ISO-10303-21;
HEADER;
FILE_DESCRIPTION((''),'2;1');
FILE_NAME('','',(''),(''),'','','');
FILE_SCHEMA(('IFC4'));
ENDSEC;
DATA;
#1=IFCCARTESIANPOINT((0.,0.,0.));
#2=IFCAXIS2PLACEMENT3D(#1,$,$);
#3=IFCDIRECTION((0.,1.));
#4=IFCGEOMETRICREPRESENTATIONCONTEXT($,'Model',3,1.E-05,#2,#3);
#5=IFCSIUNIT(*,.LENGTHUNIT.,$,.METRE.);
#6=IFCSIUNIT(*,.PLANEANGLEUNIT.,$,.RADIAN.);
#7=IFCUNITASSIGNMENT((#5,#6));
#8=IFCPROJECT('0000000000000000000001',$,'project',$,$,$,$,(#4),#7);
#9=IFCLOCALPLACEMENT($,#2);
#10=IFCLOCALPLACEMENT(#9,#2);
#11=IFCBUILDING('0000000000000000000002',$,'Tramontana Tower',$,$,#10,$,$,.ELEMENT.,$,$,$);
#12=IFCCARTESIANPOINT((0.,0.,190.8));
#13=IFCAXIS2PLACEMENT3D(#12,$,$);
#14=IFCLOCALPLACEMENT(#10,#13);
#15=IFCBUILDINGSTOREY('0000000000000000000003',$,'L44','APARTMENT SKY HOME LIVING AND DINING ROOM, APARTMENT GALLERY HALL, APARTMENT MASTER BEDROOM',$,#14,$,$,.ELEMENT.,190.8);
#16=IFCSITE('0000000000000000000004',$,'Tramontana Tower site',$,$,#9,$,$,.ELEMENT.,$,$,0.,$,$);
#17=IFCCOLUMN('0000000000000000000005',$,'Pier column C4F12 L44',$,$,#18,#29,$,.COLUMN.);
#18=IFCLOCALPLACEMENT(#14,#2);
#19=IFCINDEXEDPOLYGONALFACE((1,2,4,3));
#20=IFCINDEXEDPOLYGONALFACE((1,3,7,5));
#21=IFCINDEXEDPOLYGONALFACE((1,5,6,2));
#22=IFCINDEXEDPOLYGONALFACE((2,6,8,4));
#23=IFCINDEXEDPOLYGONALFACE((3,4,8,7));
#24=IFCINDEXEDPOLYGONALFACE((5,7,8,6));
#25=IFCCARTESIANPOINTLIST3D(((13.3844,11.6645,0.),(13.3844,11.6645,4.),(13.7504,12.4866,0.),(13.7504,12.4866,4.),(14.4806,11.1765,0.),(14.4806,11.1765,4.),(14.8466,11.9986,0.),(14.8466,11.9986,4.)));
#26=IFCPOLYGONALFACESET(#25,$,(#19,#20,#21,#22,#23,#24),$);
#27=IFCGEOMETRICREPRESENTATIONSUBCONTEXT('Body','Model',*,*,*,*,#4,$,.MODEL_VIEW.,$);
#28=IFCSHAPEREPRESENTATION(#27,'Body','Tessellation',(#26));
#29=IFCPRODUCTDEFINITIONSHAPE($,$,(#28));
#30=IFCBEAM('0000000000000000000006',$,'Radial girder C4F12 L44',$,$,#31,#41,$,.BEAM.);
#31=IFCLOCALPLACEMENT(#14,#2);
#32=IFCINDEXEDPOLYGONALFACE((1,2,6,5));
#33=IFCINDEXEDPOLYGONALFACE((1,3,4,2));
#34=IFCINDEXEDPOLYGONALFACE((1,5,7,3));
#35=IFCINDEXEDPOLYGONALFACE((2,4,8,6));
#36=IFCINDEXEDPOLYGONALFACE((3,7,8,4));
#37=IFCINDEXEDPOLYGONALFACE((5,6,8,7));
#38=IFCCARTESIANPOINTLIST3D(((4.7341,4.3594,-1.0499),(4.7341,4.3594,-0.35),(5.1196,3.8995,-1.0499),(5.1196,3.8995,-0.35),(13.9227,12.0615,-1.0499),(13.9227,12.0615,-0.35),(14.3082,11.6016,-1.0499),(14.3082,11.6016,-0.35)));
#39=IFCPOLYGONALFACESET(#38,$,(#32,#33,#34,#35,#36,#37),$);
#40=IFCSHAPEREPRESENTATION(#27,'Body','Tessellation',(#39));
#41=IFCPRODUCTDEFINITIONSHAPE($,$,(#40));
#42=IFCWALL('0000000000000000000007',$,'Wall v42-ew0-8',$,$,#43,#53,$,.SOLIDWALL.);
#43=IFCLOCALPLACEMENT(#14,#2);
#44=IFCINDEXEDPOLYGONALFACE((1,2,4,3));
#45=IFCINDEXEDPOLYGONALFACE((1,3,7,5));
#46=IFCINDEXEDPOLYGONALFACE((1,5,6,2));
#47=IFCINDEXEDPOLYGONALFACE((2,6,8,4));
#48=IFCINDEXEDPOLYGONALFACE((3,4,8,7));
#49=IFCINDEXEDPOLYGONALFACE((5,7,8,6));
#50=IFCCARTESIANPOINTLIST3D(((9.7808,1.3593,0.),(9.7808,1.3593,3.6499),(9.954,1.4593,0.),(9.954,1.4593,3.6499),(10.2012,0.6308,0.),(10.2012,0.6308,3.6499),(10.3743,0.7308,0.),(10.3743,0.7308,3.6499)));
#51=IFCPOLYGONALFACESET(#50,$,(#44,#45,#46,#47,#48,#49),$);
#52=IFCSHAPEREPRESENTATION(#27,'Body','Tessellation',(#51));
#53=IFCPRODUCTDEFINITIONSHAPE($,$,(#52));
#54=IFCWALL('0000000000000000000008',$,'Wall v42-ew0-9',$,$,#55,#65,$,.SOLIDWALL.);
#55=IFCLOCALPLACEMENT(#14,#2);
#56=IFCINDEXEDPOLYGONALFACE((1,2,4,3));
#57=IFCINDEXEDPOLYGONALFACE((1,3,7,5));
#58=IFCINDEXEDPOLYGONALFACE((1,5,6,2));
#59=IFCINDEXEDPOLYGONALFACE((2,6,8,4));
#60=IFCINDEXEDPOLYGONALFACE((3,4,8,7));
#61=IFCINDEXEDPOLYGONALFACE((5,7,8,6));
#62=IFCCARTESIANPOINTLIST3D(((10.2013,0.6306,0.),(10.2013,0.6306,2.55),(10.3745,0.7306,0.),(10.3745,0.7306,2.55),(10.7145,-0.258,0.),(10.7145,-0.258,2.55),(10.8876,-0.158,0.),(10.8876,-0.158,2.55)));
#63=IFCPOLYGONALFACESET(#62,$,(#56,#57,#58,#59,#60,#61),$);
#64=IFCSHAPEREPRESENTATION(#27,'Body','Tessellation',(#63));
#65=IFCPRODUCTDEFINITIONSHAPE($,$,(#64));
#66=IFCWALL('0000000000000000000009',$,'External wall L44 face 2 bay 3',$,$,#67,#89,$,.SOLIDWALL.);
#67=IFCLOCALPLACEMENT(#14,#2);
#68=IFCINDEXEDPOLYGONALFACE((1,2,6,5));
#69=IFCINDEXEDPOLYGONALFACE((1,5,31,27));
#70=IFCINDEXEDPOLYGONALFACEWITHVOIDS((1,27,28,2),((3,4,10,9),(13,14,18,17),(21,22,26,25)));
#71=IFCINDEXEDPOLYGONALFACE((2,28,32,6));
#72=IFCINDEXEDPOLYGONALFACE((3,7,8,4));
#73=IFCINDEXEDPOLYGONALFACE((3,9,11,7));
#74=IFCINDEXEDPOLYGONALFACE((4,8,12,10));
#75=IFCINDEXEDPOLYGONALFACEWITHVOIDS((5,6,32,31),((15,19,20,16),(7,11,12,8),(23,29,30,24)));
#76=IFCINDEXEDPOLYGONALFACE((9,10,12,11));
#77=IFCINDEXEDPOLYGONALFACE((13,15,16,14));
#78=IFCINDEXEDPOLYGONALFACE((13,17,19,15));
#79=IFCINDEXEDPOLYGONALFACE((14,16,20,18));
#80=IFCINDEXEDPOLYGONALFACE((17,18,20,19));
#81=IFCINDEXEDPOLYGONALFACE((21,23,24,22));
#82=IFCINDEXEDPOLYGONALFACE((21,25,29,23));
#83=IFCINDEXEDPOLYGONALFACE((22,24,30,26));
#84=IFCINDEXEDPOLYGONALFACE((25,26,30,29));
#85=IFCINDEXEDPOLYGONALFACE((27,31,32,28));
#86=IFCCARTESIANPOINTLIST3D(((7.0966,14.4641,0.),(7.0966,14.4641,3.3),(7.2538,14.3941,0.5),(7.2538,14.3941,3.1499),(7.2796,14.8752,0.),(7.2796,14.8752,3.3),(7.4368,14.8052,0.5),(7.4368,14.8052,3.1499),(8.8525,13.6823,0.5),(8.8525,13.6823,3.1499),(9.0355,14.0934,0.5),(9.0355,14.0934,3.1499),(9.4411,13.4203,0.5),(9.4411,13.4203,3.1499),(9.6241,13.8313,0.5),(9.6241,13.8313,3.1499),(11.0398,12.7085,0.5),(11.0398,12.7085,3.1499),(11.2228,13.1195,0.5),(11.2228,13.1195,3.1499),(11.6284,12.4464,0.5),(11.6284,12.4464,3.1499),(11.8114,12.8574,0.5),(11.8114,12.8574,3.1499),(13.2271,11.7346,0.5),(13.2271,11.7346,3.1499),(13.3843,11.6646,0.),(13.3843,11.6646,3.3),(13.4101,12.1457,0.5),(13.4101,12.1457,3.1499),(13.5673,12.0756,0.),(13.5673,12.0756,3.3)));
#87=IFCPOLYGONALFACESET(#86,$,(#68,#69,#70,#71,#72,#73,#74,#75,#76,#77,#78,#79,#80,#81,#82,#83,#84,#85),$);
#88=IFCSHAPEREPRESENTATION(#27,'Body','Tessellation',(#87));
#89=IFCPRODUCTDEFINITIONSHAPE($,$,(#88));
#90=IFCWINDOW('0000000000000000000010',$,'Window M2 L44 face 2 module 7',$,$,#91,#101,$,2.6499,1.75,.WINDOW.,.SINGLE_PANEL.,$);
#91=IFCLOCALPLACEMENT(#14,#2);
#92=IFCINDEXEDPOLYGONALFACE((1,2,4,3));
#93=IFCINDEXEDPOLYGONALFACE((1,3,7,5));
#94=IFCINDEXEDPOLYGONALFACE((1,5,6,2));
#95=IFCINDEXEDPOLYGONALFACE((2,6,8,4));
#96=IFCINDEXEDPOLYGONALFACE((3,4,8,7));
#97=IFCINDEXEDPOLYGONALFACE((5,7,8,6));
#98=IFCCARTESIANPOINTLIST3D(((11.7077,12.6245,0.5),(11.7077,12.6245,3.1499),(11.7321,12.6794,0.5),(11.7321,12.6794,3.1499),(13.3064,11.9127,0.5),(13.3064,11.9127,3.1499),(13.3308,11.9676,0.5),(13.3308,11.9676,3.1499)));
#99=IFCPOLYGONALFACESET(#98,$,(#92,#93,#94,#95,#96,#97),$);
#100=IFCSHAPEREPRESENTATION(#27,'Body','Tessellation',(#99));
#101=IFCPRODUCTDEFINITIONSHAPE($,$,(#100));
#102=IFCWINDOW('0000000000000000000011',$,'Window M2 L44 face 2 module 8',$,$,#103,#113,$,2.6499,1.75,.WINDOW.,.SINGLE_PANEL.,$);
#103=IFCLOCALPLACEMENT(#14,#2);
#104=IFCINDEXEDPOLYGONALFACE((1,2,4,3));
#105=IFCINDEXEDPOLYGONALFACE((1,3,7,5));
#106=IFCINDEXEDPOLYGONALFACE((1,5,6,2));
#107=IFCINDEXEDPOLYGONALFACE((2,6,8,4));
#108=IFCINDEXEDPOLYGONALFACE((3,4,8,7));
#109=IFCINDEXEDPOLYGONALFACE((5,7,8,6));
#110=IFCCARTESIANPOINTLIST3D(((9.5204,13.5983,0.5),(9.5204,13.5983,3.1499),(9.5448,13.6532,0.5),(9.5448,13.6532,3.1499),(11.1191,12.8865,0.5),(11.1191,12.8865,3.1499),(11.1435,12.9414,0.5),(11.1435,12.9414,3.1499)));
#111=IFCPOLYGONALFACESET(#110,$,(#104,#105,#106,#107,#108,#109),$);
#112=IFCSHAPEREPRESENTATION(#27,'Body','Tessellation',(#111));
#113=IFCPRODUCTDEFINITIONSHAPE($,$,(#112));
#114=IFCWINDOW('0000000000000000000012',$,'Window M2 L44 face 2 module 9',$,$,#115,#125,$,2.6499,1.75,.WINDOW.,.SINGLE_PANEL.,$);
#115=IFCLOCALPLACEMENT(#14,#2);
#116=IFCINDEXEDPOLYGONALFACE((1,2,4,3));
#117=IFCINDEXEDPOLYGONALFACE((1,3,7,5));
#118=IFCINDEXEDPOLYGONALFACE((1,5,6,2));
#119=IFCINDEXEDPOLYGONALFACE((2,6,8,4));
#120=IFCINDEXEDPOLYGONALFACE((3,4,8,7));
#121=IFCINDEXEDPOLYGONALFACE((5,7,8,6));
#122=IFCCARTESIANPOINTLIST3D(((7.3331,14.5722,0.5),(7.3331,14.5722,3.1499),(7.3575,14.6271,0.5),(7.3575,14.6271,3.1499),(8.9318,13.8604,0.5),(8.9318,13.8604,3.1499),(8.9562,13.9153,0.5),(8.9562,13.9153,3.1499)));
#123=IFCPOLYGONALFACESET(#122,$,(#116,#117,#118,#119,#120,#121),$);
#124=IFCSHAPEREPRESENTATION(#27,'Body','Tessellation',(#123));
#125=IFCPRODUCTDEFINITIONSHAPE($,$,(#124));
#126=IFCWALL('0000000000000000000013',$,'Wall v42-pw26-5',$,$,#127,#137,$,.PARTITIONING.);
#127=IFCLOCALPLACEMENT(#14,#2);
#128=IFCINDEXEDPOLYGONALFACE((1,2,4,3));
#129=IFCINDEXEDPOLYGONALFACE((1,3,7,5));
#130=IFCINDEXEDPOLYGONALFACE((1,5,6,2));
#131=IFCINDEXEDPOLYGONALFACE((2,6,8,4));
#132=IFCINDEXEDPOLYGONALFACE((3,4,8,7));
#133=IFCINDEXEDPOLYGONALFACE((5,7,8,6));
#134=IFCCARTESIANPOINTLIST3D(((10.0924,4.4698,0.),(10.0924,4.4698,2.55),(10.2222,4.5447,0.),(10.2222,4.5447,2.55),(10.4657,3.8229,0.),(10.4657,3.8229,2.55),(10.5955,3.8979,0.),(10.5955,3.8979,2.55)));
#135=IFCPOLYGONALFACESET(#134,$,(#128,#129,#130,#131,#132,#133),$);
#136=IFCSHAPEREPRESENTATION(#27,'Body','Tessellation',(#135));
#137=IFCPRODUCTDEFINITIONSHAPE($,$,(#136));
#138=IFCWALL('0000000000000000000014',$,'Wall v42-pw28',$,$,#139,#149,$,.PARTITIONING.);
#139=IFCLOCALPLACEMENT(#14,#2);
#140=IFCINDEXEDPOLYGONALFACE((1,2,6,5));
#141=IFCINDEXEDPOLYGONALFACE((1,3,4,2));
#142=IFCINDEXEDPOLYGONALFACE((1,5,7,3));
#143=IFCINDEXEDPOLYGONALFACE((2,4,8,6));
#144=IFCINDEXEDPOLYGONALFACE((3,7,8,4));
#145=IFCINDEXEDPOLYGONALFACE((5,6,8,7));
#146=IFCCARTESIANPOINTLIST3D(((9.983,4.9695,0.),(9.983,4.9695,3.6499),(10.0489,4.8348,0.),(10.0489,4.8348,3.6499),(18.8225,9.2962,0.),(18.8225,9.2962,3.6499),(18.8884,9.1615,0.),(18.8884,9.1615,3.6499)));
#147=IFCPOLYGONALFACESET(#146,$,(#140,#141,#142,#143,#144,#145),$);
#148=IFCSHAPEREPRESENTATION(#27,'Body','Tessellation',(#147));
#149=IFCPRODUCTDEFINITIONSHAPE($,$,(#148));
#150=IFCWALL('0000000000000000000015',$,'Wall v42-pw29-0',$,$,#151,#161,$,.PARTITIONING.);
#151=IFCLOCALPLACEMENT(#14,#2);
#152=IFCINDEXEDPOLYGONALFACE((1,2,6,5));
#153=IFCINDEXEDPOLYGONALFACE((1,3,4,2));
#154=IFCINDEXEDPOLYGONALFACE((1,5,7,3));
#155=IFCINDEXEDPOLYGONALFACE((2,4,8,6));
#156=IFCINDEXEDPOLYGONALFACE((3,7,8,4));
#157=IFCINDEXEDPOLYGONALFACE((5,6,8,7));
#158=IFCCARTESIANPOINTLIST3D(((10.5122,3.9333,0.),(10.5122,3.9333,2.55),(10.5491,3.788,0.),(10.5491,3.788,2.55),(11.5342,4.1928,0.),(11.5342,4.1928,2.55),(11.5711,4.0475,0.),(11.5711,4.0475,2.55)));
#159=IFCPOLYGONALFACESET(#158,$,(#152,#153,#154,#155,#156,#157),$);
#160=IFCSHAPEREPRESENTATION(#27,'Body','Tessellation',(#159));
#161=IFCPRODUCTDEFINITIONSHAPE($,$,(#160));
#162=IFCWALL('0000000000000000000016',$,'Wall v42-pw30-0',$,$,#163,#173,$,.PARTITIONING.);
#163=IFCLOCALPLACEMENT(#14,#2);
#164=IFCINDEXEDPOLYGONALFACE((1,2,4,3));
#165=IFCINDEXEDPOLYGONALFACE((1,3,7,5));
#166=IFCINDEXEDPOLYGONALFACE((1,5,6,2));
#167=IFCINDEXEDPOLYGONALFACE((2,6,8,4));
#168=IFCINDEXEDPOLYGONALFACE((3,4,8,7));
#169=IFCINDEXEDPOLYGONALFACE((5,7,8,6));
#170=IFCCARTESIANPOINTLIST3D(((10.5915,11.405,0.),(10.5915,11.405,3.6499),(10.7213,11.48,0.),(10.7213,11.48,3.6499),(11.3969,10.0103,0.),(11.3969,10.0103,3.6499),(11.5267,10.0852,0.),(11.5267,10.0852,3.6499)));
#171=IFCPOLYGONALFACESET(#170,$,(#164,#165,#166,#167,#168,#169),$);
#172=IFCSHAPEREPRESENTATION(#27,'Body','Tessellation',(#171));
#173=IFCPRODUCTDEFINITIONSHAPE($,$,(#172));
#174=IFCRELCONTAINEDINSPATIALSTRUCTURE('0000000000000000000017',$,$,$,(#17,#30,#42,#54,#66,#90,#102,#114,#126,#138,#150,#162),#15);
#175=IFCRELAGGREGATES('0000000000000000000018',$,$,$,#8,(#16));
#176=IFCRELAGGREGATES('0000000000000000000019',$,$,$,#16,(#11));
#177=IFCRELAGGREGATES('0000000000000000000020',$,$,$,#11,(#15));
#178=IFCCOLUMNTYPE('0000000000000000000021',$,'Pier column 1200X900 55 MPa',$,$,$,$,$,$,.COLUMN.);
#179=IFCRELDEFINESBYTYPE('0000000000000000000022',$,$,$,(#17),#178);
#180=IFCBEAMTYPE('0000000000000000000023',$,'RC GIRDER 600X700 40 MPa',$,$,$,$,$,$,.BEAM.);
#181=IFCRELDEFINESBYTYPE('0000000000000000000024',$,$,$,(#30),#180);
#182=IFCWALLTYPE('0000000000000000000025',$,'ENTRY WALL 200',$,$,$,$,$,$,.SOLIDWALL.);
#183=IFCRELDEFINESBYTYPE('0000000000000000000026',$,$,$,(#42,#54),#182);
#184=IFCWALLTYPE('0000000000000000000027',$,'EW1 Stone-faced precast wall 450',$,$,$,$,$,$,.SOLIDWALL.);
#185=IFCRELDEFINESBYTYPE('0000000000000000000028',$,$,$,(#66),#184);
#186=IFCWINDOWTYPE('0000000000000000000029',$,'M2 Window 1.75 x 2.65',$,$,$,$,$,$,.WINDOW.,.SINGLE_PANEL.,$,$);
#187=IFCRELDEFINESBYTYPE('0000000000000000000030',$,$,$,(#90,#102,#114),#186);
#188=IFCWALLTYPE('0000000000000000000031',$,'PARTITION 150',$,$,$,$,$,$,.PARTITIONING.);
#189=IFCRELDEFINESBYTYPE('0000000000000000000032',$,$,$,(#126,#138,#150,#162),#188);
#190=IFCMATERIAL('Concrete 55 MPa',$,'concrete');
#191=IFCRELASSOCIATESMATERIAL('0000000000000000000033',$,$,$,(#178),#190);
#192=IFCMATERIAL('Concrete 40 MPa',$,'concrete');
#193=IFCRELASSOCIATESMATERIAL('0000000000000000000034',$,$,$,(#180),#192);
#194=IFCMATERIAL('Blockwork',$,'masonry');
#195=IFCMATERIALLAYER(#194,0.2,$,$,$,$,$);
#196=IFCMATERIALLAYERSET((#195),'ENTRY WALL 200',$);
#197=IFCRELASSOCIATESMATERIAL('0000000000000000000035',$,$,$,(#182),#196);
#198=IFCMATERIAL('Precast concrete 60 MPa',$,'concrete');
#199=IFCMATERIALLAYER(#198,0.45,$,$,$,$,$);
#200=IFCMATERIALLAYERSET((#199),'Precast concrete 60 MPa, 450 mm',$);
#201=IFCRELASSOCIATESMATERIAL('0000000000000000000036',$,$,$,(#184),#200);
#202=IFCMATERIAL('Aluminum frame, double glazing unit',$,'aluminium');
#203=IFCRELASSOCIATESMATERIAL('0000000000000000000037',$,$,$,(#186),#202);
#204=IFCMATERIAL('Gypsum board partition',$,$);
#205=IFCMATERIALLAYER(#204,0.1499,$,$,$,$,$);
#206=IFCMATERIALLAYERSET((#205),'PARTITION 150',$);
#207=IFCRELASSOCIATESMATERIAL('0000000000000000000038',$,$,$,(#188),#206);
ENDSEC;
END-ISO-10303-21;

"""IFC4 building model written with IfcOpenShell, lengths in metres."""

from ifc_helpers import new_model, si_unit, direction, frame, frame_2d, origin, origin_2d, place, context, subcontext, project, spatial, rectangle, extrude, material, layer, layer_set, material_profile, profile_set, type_object, element, fill, save


model = new_model("IFC4")

# Units and contexts
model_context = context("Model", 3, precision=1e-05, world=origin(), true_north=direction((0.0, 1.0)))
body_context = subcontext(model_context, "Body", "Model", "MODEL_VIEW")
ifc_project = project(units=[si_unit("LENGTHUNIT", "METRE"), si_unit("PLANEANGLEUNIT", "RADIAN")], contexts=[model_context])

# Site, building, storey
site_placement = place(None, origin())
site = spatial("IfcSite", under=ifc_project, at=site_placement, Name="Tramontana Tower site", CompositionType="ELEMENT", RefElevation=0.0)
building_placement = place(site_placement, origin())
building = spatial("IfcBuilding", under=site, at=building_placement, Name="Tramontana Tower", CompositionType="ELEMENT")
storey_placement = place(building_placement, frame((0.0, 0.0, 190.8)))
storey = spatial("IfcBuildingStorey", under=building, at=storey_placement, Name="L44", Description="APARTMENT SKY HOME LIVING AND DINING ROOM, APARTMENT GALLERY HALL, APARTMENT MASTER BEDROOM", CompositionType="ELEMENT", Elevation=190.8)

# Column
ifc_material_1 = material(Name="Concrete 55 MPa", Category="concrete")
ifc_material_profile_1 = material_profile(ifc_material_1, rectangle(XDim=1.2, YDim=0.8999, at=origin_2d()), Name="Pier column 1200X900 55 MPa")
ifc_profile_set_1 = profile_set([ifc_material_profile_1], Name="Concrete 55 MPa")
column_type = type_object("IfcColumnType", Name="Pier column 1200X900 55 MPa", PredefinedType="COLUMN", material=ifc_profile_set_1)
column_placement = place(storey_placement, frame((14.1155, 11.8315, 0.0), z_axis=(0.0, 0.0, 1.0), x_axis=(-0.913545, 0.406737, 0.0)))
element("IfcColumn", 1, at=column_placement, inside=storey, type_object=column_type, Name="Pier column C4F12 L44", PredefinedType="COLUMN", context=body_context, shape_type="SweptSolid", body=[
    extrude(rectangle(XDim=1.2, YDim=0.8999, at=origin_2d()), origin(), (0.0, 0.0, 1.0), 4.0),
])

# Beam
ifc_material_2 = material(Name="Concrete 40 MPa", Category="concrete")
ifc_material_profile_2 = material_profile(ifc_material_2, rectangle(XDim=0.6001, YDim=0.7, at=origin_2d()), Name="RC GIRDER 600X700 40 MPa")
ifc_profile_set_2 = profile_set([ifc_material_profile_2], Name="Concrete 40 MPa")
beam_type = type_object("IfcBeamType", Name="RC GIRDER 600X700 40 MPa", PredefinedType="BEAM", material=ifc_profile_set_2)
beam_placement = place(storey_placement, frame((14.1155, 11.8315, -0.7), z_axis=(-0.766377, -0.642391, 0.0), x_axis=(0.642391, -0.766377, 0.0)))
element("IfcBeam", 2, at=beam_placement, inside=storey, type_object=beam_type, Name="Radial girder C4F12 L44", PredefinedType="BEAM", context=body_context, shape_type="SweptSolid", body=[
    extrude(rectangle(XDim=0.6001, YDim=0.7, at=origin_2d()), origin(), (0.0, 0.0, 1.0), 11.9897),
])

# Walls
ifc_material_3 = material(Name="Blockwork", Category="masonry")
ifc_layer_1 = layer(ifc_material_3, 0.2)
ifc_layer_set_1 = layer_set([ifc_layer_1], Name="ENTRY WALL 200")
wall_type_1 = type_object("IfcWallType", Name="ENTRY WALL 200", PredefinedType="SOLIDWALL", material=ifc_layer_set_1)
wall_1_placement = place(storey_placement, frame((9.8674, 1.4092, 0.0), z_axis=(0.0, 0.0, 1.0), x_axis=(0.499823, -0.866128, 0.0)))
element("IfcWall", 3, at=wall_1_placement, inside=storey, type_object=wall_type_1, Name="Wall v42-ew0-8", PredefinedType="SOLIDWALL", context=body_context, shape_type="SweptSolid", body=[
    extrude(rectangle(XDim=0.8411, YDim=0.2, at=frame_2d((0.4204, 0.0))), origin(), (0.0, 0.0, 1.0), 3.6499),
])
wall_2_placement = place(storey_placement, frame((10.2878, 0.6807, 0.0), z_axis=(0.0, 0.0, 1.0), x_axis=(0.500079, -0.86598, 0.0)))
element("IfcWall", 4, at=wall_2_placement, inside=storey, type_object=wall_type_1, Name="Wall v42-ew0-9", PredefinedType="SOLIDWALL", context=body_context, shape_type="SweptSolid", body=[
    extrude(rectangle(XDim=1.0261, YDim=0.2, at=frame_2d((0.5132, 0.0))), origin(), (0.0, 0.0, 1.0), 2.55),
])

# Wall, openings, windows
ifc_material_4 = material(Name="Precast concrete 60 MPa", Category="concrete")
ifc_layer_2 = layer(ifc_material_4, 0.45)
ifc_layer_set_2 = layer_set([ifc_layer_2], Name="Precast concrete 60 MPa, 450 mm")
wall_type_2 = type_object("IfcWallType", Name="EW1 Stone-faced precast wall 450", PredefinedType="SOLIDWALL", material=ifc_layer_set_2)
wall_3_placement = place(storey_placement, frame((13.4758, 11.8701, 0.0), z_axis=(0.0, 0.0, 1.0), x_axis=(-0.913544, 0.406741, 0.0)))
wall_3 = element("IfcWall", 5, at=wall_3_placement, inside=storey, type_object=wall_type_2, Name="External wall L44 face 2 bay 3", PredefinedType="SOLIDWALL", context=body_context, shape_type="SweptSolid", body=[
    extrude(rectangle(XDim=6.8828, YDim=0.45, at=frame_2d((3.4414, 0.0))), origin(), (0.0, 0.0, 1.0), 3.3),
])
opening_1_placement = place(wall_3_placement, frame((0.1721, 0.0, 0.5)))
opening_1 = element("IfcOpeningElement", 6, at=opening_1_placement, cuts=wall_3, PredefinedType="OPENING", context=body_context, shape_type="SweptSolid", body=[
    extrude(rectangle(XDim=1.75, YDim=2.6499, at=frame_2d((0.875, 1.325))), frame((0.0, 0.2349, 0.0), z_axis=(0.0, -1.0, 0.0), x_axis=(1.0, 0.0, 0.0)), (0.0, 0.0, 1.0), 0.47),
])
opening_2_placement = place(wall_3_placement, frame((2.5664, 0.0, 0.5)))
opening_2 = element("IfcOpeningElement", 7, at=opening_2_placement, cuts=wall_3, PredefinedType="OPENING", context=body_context, shape_type="SweptSolid", body=[
    extrude(rectangle(XDim=1.75, YDim=2.6499, at=frame_2d((0.875, 1.325))), frame((0.0, 0.2349, 0.0), z_axis=(0.0, -1.0, 0.0), x_axis=(1.0, 0.0, 0.0)), (0.0, 0.0, 1.0), 0.47),
])
opening_3_placement = place(wall_3_placement, frame((4.9607, 0.0, 0.5)))
opening_3 = element("IfcOpeningElement", 8, at=opening_3_placement, cuts=wall_3, PredefinedType="OPENING", context=body_context, shape_type="SweptSolid", body=[
    extrude(rectangle(XDim=1.75, YDim=2.6499, at=frame_2d((0.875, 1.325))), frame((0.0, 0.2349, 0.0), z_axis=(0.0, -1.0, 0.0), x_axis=(1.0, 0.0, 0.0)), (0.0, 0.0, 1.0), 0.47),
])
ifc_material_5 = material(Name="Aluminum frame, double glazing unit", Category="aluminium")
window_type = type_object("IfcWindowType", Name="M2 Window 1.75 x 2.65", PartitioningType="SINGLE_PANEL", PredefinedType="WINDOW", material=ifc_material_5)
window_1_placement = place(opening_1_placement, origin())
window_1 = element("IfcWindow", 9, at=window_1_placement, inside=storey, type_object=window_type, Name="Window M2 L44 face 2 module 7", OverallHeight=2.6499, OverallWidth=1.75, PartitioningType="SINGLE_PANEL", PredefinedType="WINDOW", context=body_context, shape_type="SweptSolid", body=[
    extrude(rectangle(XDim=1.75, YDim=2.6499, at=frame_2d((0.875, 1.325))), frame((0.0, 0.03, 0.0), z_axis=(0.0, -1.0, 0.0), x_axis=(1.0, 0.0, 0.0)), (0.0, 0.0, 1.0), 0.0601),
])
fill(opening_1, window_1)
window_2_placement = place(opening_2_placement, origin())
window_2 = element("IfcWindow", 10, at=window_2_placement, inside=storey, type_object=window_type, Name="Window M2 L44 face 2 module 8", OverallHeight=2.6499, OverallWidth=1.75, PartitioningType="SINGLE_PANEL", PredefinedType="WINDOW", context=body_context, shape_type="SweptSolid", body=[
    extrude(rectangle(XDim=1.75, YDim=2.6499, at=frame_2d((0.875, 1.325))), frame((0.0, 0.03, 0.0), z_axis=(0.0, -1.0, 0.0), x_axis=(1.0, 0.0, 0.0)), (0.0, 0.0, 1.0), 0.0601),
])
fill(opening_2, window_2)
window_3_placement = place(opening_3_placement, origin())
window_3 = element("IfcWindow", 11, at=window_3_placement, inside=storey, type_object=window_type, Name="Window M2 L44 face 2 module 9", OverallHeight=2.6499, OverallWidth=1.75, PartitioningType="SINGLE_PANEL", PredefinedType="WINDOW", context=body_context, shape_type="SweptSolid", body=[
    extrude(rectangle(XDim=1.75, YDim=2.6499, at=frame_2d((0.875, 1.325))), frame((0.0, 0.03, 0.0), z_axis=(0.0, -1.0, 0.0), x_axis=(1.0, 0.0, 0.0)), (0.0, 0.0, 1.0), 0.0601),
])
fill(opening_3, window_3)

# Walls
ifc_material_6 = material(Name="Gypsum board partition")
ifc_layer_3 = layer(ifc_material_6, 0.1499)
ifc_layer_set_3 = layer_set([ifc_layer_3], Name="PARTITION 150")
wall_type_3 = type_object("IfcWallType", Name="PARTITION 150", PredefinedType="PARTITIONING", material=ifc_layer_set_3)
wall_4_placement = place(storey_placement, frame((10.1572, 4.5073, 0.0), z_axis=(0.0, 0.0, 1.0), x_axis=(0.499902, -0.866082, 0.0)))
element("IfcWall", 12, at=wall_4_placement, inside=storey, type_object=wall_type_3, Name="Wall v42-pw26-5", PredefinedType="PARTITIONING", context=body_context, shape_type="SweptSolid", body=[
    extrude(rectangle(XDim=0.7468, YDim=0.1499, at=frame_2d((0.3735, 0.0))), origin(), (0.0, 0.0, 1.0), 2.55),
])
wall_5_placement = place(storey_placement, frame((10.0159, 4.9021, 0.0), z_axis=(0.0, 0.0, 1.0), x_axis=(0.898176, 0.439636, 0.0)))
element("IfcWall", 13, at=wall_5_placement, inside=storey, type_object=wall_type_3, Name="Wall v42-pw28", PredefinedType="PARTITIONING", context=body_context, shape_type="SweptSolid", body=[
    extrude(rectangle(XDim=9.8416, YDim=0.1499, at=frame_2d((4.9209, 0.0))), origin(), (0.0, 0.0, 1.0), 3.6499),
])
wall_6_placement = place(storey_placement, frame((10.5305, 3.8606, 0.0), z_axis=(0.0, 0.0, 1.0), x_axis=(0.969237, 0.24613, 0.0)))
element("IfcWall", 14, at=wall_6_placement, inside=storey, type_object=wall_type_3, Name="Wall v42-pw29-0", PredefinedType="PARTITIONING", context=body_context, shape_type="SweptSolid", body=[
    extrude(rectangle(XDim=1.0544, YDim=0.1499, at=frame_2d((0.5273, 0.0))), origin(), (0.0, 0.0, 1.0), 2.55),
])

# Wall
wall_7_placement = place(storey_placement, frame((10.6565, 11.4424, 0.0), z_axis=(0.0, 0.0, 1.0), x_axis=(0.500068, -0.865986, 0.0)))
element("IfcWall", 15, at=wall_7_placement, inside=storey, type_object=wall_type_3, Name="Wall v42-pw30-0", PredefinedType="PARTITIONING", context=body_context, shape_type="SweptSolid", body=[
    extrude(rectangle(XDim=1.6106, YDim=0.1499, at=frame_2d((0.8052, 0.0))), origin(), (0.0, 0.0, 1.0), 3.6499),
])

save(model, "model.ifc")
